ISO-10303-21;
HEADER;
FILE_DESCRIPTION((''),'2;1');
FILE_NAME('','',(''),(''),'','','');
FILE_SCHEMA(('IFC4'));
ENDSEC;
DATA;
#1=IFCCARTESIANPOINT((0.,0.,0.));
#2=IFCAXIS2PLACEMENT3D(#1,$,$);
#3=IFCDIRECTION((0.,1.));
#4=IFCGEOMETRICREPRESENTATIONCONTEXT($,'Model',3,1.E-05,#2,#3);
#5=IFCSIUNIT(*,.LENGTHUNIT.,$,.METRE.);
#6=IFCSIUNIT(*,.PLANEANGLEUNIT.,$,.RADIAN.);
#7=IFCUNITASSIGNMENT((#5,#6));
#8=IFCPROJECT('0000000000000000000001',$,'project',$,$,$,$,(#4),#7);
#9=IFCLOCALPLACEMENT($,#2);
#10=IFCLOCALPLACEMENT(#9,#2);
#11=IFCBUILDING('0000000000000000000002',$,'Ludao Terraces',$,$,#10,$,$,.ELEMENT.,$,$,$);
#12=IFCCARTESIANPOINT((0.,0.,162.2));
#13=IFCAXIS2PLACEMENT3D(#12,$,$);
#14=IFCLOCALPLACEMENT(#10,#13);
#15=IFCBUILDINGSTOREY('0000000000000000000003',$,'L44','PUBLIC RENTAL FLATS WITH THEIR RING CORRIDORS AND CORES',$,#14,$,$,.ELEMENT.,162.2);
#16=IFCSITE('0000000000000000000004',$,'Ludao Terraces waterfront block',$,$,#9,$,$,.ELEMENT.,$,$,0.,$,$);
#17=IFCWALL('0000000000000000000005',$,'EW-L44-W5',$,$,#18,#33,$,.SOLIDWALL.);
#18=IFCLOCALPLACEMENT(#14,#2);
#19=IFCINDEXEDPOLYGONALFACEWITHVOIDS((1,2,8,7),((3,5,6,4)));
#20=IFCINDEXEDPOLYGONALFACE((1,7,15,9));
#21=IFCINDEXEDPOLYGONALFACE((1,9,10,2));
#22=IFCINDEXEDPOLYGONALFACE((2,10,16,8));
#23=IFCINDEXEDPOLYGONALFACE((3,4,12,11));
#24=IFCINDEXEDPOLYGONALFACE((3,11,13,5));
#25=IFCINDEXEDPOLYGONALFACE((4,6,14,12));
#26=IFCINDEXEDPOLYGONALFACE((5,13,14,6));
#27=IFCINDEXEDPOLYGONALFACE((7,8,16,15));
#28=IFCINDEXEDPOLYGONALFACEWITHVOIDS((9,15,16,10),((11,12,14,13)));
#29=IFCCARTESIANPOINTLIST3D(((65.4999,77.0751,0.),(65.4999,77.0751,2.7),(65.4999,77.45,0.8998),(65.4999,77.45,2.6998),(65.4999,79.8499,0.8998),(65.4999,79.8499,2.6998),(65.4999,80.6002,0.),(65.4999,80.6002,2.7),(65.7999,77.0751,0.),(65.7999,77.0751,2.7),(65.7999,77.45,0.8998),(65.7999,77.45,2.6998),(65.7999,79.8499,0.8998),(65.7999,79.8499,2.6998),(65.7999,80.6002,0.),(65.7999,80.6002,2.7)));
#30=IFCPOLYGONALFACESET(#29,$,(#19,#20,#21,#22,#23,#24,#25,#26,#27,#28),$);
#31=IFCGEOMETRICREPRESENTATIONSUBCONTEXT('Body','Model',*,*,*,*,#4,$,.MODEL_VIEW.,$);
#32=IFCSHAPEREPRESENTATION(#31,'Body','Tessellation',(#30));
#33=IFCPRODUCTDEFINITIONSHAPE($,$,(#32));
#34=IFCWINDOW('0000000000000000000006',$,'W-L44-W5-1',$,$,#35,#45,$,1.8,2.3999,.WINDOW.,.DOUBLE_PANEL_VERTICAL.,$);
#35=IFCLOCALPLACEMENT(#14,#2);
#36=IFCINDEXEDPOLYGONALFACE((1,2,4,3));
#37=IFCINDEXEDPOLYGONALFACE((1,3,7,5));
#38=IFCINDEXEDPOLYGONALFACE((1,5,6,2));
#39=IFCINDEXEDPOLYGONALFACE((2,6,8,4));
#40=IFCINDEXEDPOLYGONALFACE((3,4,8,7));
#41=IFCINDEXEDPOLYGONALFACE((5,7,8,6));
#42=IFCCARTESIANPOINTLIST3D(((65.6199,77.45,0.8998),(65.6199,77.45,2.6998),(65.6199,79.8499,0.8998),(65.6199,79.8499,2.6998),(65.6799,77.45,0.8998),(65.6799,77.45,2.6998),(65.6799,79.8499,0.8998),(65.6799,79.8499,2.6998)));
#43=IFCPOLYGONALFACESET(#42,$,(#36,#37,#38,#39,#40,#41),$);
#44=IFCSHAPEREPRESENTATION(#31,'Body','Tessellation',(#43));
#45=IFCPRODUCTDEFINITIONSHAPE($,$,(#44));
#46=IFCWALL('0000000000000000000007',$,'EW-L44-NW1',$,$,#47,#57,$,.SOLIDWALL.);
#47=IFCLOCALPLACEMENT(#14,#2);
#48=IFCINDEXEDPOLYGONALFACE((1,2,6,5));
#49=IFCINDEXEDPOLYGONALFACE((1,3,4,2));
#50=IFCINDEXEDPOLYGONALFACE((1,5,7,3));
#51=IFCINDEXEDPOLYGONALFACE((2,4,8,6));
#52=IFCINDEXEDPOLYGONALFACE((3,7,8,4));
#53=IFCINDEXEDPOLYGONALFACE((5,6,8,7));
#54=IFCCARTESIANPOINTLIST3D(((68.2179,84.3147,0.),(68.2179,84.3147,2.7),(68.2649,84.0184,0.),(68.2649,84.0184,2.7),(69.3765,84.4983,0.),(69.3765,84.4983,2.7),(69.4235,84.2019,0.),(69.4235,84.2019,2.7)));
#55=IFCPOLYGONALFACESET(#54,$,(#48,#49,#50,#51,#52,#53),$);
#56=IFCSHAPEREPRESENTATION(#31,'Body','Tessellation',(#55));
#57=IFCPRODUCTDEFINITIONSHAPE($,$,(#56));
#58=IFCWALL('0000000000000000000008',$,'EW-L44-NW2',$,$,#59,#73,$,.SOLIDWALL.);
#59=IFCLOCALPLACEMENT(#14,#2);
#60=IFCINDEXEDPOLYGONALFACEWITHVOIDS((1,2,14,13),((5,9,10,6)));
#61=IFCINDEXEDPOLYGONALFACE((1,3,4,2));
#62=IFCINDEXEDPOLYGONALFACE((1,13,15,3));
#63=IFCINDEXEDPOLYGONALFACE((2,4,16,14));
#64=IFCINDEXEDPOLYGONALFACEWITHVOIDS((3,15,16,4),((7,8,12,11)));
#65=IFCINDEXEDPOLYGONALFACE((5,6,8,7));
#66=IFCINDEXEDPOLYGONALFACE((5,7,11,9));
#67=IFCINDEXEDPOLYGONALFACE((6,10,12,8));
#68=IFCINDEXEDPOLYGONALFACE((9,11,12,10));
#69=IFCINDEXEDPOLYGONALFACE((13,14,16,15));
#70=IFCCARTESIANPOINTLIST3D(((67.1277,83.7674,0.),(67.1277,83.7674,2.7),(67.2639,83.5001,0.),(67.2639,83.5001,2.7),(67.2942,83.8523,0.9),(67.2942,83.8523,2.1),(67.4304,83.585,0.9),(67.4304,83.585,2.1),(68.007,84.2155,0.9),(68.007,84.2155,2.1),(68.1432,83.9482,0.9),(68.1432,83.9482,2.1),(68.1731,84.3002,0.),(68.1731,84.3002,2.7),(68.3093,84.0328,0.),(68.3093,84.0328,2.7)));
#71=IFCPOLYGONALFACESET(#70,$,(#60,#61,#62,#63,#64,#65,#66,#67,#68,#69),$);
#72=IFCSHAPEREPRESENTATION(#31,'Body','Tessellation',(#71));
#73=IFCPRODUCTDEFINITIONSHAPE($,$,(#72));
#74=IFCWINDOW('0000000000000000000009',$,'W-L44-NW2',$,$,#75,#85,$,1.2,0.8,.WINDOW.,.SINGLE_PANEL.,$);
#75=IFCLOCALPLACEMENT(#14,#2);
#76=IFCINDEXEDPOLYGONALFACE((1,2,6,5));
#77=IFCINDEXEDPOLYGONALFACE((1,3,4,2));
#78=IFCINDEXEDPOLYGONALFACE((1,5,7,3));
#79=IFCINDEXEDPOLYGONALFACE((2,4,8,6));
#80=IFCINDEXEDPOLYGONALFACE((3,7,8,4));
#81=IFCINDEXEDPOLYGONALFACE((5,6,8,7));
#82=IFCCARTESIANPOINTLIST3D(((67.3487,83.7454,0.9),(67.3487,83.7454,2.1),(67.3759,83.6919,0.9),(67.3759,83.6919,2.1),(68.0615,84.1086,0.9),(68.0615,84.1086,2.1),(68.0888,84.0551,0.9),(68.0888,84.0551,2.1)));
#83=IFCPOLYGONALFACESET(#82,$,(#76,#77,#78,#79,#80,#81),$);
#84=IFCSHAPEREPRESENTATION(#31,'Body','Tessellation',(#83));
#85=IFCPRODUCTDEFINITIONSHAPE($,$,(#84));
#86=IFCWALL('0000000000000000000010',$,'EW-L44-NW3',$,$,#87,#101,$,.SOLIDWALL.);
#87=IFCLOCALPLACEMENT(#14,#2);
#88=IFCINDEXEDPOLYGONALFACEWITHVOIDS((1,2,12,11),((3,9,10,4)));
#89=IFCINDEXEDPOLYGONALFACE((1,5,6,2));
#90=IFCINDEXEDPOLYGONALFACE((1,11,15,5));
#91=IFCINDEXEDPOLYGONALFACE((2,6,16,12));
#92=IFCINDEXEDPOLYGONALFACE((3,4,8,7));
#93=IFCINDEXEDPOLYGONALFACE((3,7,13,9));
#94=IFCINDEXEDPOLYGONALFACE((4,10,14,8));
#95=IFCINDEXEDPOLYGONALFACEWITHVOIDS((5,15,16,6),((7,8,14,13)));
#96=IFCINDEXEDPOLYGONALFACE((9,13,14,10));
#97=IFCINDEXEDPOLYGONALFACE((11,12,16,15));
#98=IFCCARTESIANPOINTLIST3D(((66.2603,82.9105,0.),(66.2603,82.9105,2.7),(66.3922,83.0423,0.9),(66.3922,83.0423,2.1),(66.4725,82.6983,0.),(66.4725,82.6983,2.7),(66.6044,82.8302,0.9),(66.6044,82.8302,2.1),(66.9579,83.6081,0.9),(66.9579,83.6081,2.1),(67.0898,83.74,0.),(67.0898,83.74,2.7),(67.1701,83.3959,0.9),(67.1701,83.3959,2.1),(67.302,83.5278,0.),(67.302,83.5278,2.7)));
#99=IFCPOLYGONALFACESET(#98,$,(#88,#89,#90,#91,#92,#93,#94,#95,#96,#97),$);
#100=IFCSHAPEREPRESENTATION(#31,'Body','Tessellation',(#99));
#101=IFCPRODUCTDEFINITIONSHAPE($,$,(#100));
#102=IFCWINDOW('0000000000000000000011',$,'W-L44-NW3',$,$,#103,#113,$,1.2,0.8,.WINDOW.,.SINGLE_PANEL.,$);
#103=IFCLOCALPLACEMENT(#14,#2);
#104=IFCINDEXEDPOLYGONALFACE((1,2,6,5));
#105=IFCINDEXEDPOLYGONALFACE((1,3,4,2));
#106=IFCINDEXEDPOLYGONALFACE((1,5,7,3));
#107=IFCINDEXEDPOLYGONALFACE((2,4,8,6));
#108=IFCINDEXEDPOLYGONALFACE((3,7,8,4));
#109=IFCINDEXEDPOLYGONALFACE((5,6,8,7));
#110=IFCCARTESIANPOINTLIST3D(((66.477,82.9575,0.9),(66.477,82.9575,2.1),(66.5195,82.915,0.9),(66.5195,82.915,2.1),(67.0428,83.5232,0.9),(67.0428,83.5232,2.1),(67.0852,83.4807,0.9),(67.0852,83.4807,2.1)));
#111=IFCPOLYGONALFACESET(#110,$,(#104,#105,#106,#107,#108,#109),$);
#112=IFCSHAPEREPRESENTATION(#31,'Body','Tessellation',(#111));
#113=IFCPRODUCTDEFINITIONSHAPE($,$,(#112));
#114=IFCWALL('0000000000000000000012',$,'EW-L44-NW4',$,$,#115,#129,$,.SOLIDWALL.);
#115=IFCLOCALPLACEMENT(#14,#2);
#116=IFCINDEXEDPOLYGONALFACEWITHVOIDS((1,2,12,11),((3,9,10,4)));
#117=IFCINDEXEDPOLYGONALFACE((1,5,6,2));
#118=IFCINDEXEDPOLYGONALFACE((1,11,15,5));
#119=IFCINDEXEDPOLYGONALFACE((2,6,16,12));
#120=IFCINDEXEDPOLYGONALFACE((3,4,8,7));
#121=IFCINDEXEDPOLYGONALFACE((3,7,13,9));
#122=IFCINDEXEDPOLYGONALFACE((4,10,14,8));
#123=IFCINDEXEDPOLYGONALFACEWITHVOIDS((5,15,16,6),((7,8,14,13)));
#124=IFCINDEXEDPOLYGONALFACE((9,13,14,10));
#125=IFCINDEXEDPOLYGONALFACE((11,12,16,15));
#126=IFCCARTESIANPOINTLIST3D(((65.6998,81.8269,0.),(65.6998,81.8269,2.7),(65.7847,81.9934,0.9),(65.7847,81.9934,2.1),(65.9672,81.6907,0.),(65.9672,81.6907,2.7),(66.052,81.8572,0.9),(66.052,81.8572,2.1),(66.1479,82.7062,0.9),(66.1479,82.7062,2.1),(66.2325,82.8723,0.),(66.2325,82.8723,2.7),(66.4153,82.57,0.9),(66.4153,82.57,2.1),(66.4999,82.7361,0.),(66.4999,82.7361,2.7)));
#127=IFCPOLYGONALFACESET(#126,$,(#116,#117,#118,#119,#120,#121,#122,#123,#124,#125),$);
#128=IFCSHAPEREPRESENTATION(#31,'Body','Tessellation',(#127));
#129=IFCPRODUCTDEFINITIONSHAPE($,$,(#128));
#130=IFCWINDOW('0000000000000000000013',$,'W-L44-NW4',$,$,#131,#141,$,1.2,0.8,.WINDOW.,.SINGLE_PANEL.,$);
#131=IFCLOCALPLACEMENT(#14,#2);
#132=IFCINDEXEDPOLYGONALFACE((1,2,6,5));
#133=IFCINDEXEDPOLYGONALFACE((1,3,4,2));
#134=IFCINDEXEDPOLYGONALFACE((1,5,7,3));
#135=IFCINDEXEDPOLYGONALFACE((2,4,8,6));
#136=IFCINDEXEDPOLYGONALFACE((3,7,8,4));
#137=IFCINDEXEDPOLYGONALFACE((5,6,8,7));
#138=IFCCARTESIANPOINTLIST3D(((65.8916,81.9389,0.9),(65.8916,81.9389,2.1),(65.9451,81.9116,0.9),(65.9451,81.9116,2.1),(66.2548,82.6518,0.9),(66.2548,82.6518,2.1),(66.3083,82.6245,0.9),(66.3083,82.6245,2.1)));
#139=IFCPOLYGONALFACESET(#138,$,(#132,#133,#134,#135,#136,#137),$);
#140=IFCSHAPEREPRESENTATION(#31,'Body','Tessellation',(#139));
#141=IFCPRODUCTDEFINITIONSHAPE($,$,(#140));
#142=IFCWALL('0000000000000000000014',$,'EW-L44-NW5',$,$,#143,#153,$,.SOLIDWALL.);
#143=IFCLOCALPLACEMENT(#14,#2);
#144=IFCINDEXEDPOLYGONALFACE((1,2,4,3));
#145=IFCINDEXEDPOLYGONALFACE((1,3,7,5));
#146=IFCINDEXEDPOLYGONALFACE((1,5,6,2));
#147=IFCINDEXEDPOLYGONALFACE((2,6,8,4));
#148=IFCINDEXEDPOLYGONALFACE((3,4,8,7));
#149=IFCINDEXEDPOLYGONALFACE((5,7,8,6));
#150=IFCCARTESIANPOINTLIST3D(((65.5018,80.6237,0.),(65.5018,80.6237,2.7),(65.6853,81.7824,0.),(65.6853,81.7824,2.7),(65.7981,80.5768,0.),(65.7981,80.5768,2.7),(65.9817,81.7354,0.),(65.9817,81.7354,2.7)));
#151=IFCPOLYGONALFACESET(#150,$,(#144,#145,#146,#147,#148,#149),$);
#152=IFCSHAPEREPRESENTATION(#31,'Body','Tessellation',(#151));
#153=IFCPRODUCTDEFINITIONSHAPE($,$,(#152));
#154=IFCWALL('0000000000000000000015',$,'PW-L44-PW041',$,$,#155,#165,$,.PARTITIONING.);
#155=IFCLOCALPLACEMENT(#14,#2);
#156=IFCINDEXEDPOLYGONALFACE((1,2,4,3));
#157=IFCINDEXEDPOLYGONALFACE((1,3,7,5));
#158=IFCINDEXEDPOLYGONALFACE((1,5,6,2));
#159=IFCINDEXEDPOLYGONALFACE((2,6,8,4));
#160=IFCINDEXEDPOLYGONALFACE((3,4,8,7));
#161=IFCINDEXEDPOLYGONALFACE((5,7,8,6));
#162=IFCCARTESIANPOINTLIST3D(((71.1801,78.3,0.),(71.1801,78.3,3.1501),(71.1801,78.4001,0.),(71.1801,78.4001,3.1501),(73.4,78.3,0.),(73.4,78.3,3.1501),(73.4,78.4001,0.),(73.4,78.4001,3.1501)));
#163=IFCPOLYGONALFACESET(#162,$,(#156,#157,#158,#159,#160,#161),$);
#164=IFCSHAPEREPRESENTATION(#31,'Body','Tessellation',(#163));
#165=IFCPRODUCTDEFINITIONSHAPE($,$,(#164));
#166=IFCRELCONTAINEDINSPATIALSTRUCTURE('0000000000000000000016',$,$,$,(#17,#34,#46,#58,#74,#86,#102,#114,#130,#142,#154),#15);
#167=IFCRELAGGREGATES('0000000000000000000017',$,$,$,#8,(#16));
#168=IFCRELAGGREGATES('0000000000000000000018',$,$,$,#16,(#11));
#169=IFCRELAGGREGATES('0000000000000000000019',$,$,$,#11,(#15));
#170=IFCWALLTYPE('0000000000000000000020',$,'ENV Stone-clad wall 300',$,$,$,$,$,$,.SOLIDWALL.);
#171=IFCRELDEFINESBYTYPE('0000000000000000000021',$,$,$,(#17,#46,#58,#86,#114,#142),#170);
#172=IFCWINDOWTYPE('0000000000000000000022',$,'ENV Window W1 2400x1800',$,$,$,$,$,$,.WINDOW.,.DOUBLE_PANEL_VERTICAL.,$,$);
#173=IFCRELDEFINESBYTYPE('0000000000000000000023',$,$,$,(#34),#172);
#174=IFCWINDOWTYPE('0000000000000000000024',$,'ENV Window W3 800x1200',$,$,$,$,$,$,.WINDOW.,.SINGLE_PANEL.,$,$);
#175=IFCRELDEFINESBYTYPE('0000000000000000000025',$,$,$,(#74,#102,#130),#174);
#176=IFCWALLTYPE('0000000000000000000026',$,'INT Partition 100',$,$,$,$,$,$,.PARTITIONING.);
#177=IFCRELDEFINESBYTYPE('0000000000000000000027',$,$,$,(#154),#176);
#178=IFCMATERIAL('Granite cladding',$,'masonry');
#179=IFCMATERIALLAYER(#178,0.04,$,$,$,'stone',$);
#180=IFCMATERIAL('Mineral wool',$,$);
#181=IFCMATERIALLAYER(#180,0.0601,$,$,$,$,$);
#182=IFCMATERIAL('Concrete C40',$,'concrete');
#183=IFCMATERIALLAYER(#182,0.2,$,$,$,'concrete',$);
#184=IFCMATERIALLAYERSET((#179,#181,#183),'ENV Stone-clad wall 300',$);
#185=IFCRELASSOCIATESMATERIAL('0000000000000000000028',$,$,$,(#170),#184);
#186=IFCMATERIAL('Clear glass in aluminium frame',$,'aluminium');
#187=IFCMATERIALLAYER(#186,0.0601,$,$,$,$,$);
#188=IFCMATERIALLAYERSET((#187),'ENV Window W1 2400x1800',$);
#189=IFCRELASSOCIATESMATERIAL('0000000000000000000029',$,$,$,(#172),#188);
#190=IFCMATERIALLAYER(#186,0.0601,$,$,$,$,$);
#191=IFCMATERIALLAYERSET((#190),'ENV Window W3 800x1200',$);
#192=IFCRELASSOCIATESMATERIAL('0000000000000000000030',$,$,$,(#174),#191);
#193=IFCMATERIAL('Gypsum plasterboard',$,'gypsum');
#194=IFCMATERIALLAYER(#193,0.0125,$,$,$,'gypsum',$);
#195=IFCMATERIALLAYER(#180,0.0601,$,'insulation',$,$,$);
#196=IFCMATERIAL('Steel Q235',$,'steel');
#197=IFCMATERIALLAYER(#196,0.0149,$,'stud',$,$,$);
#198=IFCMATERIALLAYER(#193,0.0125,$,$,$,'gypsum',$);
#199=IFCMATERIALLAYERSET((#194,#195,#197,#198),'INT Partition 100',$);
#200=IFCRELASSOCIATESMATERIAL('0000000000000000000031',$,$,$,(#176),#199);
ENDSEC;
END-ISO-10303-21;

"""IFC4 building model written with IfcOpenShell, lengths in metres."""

from ifc_helpers import new_model, si_unit, direction, frame, frame_2d, origin, place, context, subcontext, project, spatial, rectangle, extrude, material, layer, layer_set, type_object, element, fill, save


model = new_model("IFC4")

# Units and contexts
model_context = context("Model", 3, precision=1e-05, world=origin(), true_north=direction((0.0, 1.0)))
body_context = subcontext(model_context, "Body", "Model", "MODEL_VIEW")
ifc_project = project(units=[si_unit("LENGTHUNIT", "METRE"), si_unit("PLANEANGLEUNIT", "RADIAN")], contexts=[model_context])

# Site, building, storey
site_placement = place(None, origin())
site = spatial("IfcSite", under=ifc_project, at=site_placement, Name="Ludao Terraces waterfront block", CompositionType="ELEMENT", RefElevation=0.0)
building_placement = place(site_placement, origin())
building = spatial("IfcBuilding", under=site, at=building_placement, Name="Ludao Terraces", CompositionType="ELEMENT")
storey_placement = place(building_placement, frame((0.0, 0.0, 162.2)))
storey = spatial("IfcBuildingStorey", under=building, at=storey_placement, Name="L44", Description="PUBLIC RENTAL FLATS WITH THEIR RING CORRIDORS AND CORES", CompositionType="ELEMENT", Elevation=162.2)

# Shared definitions
ifc_material_1 = material(Name="Concrete C40", Category="concrete")

# Shared definitions
ifc_material_2 = material(Name="Steel Q235", Category="steel")

# Shared definitions
ifc_material_3 = material(Name="Granite cladding", Category="masonry")
ifc_layer_1 = layer(ifc_material_3, 0.04, Category="stone")
ifc_material_4 = material(Name="Mineral wool")
ifc_layer_2 = layer(ifc_material_4, 0.0601)
ifc_layer_3 = layer(ifc_material_1, 0.2, Category="concrete")
ifc_layer_set_1 = layer_set([ifc_layer_1, ifc_layer_2, ifc_layer_3], Name="ENV Stone-clad wall 300")
wall_type_1 = type_object("IfcWallType", Name="ENV Stone-clad wall 300", PredefinedType="SOLIDWALL", material=ifc_layer_set_1)
ifc_material_5 = material(Name="Clear glass in aluminium frame", Category="aluminium")
ifc_layer_4 = layer(ifc_material_5, 0.0601)
ifc_layer_set_2 = layer_set([ifc_layer_4], Name="ENV Window W1 2400x1800")
window_type_1 = type_object("IfcWindowType", Name="ENV Window W1 2400x1800", PartitioningType="DOUBLE_PANEL_VERTICAL", PredefinedType="WINDOW", material=ifc_layer_set_2)

# Wall, opening, window
wall_1_placement = place(storey_placement, frame((65.6499, 77.075, 0.0), z_axis=(0.0, 0.0, 1.0), x_axis=(0.0, 1.0, 0.0)))
wall_1 = element("IfcWall", 1, at=wall_1_placement, inside=storey, type_object=wall_type_1, Name="EW-L44-W5", PredefinedType="SOLIDWALL", context=body_context, shape_type="SweptSolid", body=[
    extrude(rectangle(XDim=3.5251, YDim=0.3, at=frame_2d((1.7627, 0.0))), origin(), (0.0, 0.0, 1.0), 2.7),
])
opening_1_placement = place(wall_1_placement, frame((0.375, 0.0, 0.8999)))
opening_1 = element("IfcOpeningElement", 2, at=opening_1_placement, cuts=wall_1, PredefinedType="OPENING", context=body_context, shape_type="SweptSolid", body=[
    extrude(rectangle(XDim=2.3999, YDim=1.8, at=frame_2d((1.2, 0.8999))), frame((0.0, 0.1602, 0.0), z_axis=(0.0, -1.0, 0.0), x_axis=(1.0, 0.0, 0.0)), (0.0, 0.0, 1.0), 0.3201),
])
window_1_placement = place(opening_1_placement, origin())
window_1 = element("IfcWindow", 3, at=window_1_placement, inside=storey, type_object=window_type_1, Name="W-L44-W5-1", OverallHeight=1.8, OverallWidth=2.3999, PartitioningType="DOUBLE_PANEL_VERTICAL", PredefinedType="WINDOW", context=body_context, shape_type="SweptSolid", body=[
    extrude(rectangle(XDim=2.3999, YDim=1.8, at=frame_2d((1.2, 0.8999))), frame((0.0, 0.03, 0.0), z_axis=(0.0, -1.0, 0.0), x_axis=(1.0, 0.0, 0.0)), (0.0, 0.0, 1.0), 0.0601),
])
fill(opening_1, window_1)

# Wall
wall_2_placement = place(storey_placement, frame((69.3999, 84.3501, 0.0), z_axis=(0.0, 0.0, 1.0), x_axis=(-0.987678, -0.156497, 0.0)))
element("IfcWall", 4, at=wall_2_placement, inside=storey, type_object=wall_type_1, Name="EW-L44-NW1", PredefinedType="SOLIDWALL", context=body_context, shape_type="SweptSolid", body=[
    extrude(rectangle(XDim=1.1731, YDim=0.3, at=frame_2d((0.5864, 0.0))), origin(), (0.0, 0.0, 1.0), 2.7),
])

# Walls, openings, windows
wall_3_placement = place(storey_placement, frame((68.2412, 84.1665, 0.0), z_axis=(0.0, 0.0, 1.0), x_axis=(-0.890989, -0.454026, 0.0)))
wall_3 = element("IfcWall", 5, at=wall_3_placement, inside=storey, type_object=wall_type_1, Name="EW-L44-NW2", PredefinedType="SOLIDWALL", context=body_context, shape_type="SweptSolid", body=[
    extrude(rectangle(XDim=1.1733, YDim=0.3, at=frame_2d((0.5867, 0.0))), origin(), (0.0, 0.0, 1.0), 2.7),
])
opening_2_placement = place(wall_3_placement, frame((0.1865, 0.0, 0.8999)))
opening_2 = element("IfcOpeningElement", 6, at=opening_2_placement, cuts=wall_3, PredefinedType="OPENING", context=body_context, shape_type="SweptSolid", body=[
    extrude(rectangle(XDim=0.8, YDim=1.2, at=frame_2d((0.3999, 0.6001))), frame((0.0, 0.1602, 0.0), z_axis=(0.0, -1.0, 0.0), x_axis=(1.0, 0.0, 0.0)), (0.0, 0.0, 1.0), 0.3201),
])
ifc_layer_5 = layer(ifc_material_5, 0.0601)
ifc_layer_set_3 = layer_set([ifc_layer_5], Name="ENV Window W3 800x1200")
window_type_2 = type_object("IfcWindowType", Name="ENV Window W3 800x1200", PartitioningType="SINGLE_PANEL", PredefinedType="WINDOW", material=ifc_layer_set_3)
window_2_placement = place(opening_2_placement, origin())
window_2 = element("IfcWindow", 7, at=window_2_placement, inside=storey, type_object=window_type_2, Name="W-L44-NW2", OverallHeight=1.2, OverallWidth=0.8, PartitioningType="SINGLE_PANEL", PredefinedType="WINDOW", context=body_context, shape_type="SweptSolid", body=[
    extrude(rectangle(XDim=0.8, YDim=1.2, at=frame_2d((0.3999, 0.6001))), frame((0.0, 0.03, 0.0), z_axis=(0.0, -1.0, 0.0), x_axis=(1.0, 0.0, 0.0)), (0.0, 0.0, 1.0), 0.0601),
])
fill(opening_2, window_2)
wall_4_placement = place(storey_placement, frame((67.1958, 83.6338, 0.0), z_axis=(0.0, 0.0, 1.0), x_axis=(-0.707107, -0.707107, 0.0)))
wall_4 = element("IfcWall", 8, at=wall_4_placement, inside=storey, type_object=wall_type_1, Name="EW-L44-NW3", PredefinedType="SOLIDWALL", context=body_context, shape_type="SweptSolid", body=[
    extrude(rectangle(XDim=1.1731, YDim=0.3, at=frame_2d((0.5864, 0.0))), origin(), (0.0, 0.0, 1.0), 2.7),
])
opening_3_placement = place(wall_4_placement, frame((0.1865, 0.0, 0.8999)))
opening_3 = element("IfcOpeningElement", 9, at=opening_3_placement, cuts=wall_4, PredefinedType="OPENING", context=body_context, shape_type="SweptSolid", body=[
    extrude(rectangle(XDim=0.8, YDim=1.2, at=frame_2d((0.3999, 0.6001))), frame((0.0, 0.1602, 0.0), z_axis=(0.0, -1.0, 0.0), x_axis=(1.0, 0.0, 0.0)), (0.0, 0.0, 1.0), 0.3201),
])
window_3_placement = place(opening_3_placement, origin())
window_3 = element("IfcWindow", 10, at=window_3_placement, inside=storey, type_object=window_type_2, Name="W-L44-NW3", OverallHeight=1.2, OverallWidth=0.8, PartitioningType="SINGLE_PANEL", PredefinedType="WINDOW", context=body_context, shape_type="SweptSolid", body=[
    extrude(rectangle(XDim=0.8, YDim=1.2, at=frame_2d((0.3999, 0.6001))), frame((0.0, 0.03, 0.0), z_axis=(0.0, -1.0, 0.0), x_axis=(1.0, 0.0, 0.0)), (0.0, 0.0, 1.0), 0.0601),
])
fill(opening_3, window_3)
wall_5_placement = place(storey_placement, frame((66.3662, 82.8042, 0.0), z_axis=(0.0, 0.0, 1.0), x_axis=(-0.454026, -0.890989, 0.0)))
wall_5 = element("IfcWall", 11, at=wall_5_placement, inside=storey, type_object=wall_type_1, Name="EW-L44-NW4", PredefinedType="SOLIDWALL", context=body_context, shape_type="SweptSolid", body=[
    extrude(rectangle(XDim=1.1733, YDim=0.3, at=frame_2d((0.5867, 0.0))), origin(), (0.0, 0.0, 1.0), 2.7),
])
opening_4_placement = place(wall_5_placement, frame((0.1865, 0.0, 0.8999)))
opening_4 = element("IfcOpeningElement", 12, at=opening_4_placement, cuts=wall_5, PredefinedType="OPENING", context=body_context, shape_type="SweptSolid", body=[
    extrude(rectangle(XDim=0.8, YDim=1.2, at=frame_2d((0.3999, 0.6001))), frame((0.0, 0.1602, 0.0), z_axis=(0.0, -1.0, 0.0), x_axis=(1.0, 0.0, 0.0)), (0.0, 0.0, 1.0), 0.3201),
])
window_4_placement = place(opening_4_placement, origin())
window_4 = element("IfcWindow", 13, at=window_4_placement, inside=storey, type_object=window_type_2, Name="W-L44-NW4", OverallHeight=1.2, OverallWidth=0.8, PartitioningType="SINGLE_PANEL", PredefinedType="WINDOW", context=body_context, shape_type="SweptSolid", body=[
    extrude(rectangle(XDim=0.8, YDim=1.2, at=frame_2d((0.3999, 0.6001))), frame((0.0, 0.03, 0.0), z_axis=(0.0, -1.0, 0.0), x_axis=(1.0, 0.0, 0.0)), (0.0, 0.0, 1.0), 0.0601),
])
fill(opening_4, window_4)

# Walls
wall_6_placement = place(storey_placement, frame((65.8335, 81.7588, 0.0), z_axis=(0.0, 0.0, 1.0), x_axis=(-0.156497, -0.987678, 0.0)))
element("IfcWall", 14, at=wall_6_placement, inside=storey, type_object=wall_type_1, Name="EW-L44-NW5", PredefinedType="SOLIDWALL", context=body_context, shape_type="SweptSolid", body=[
    extrude(rectangle(XDim=1.1731, YDim=0.3, at=frame_2d((0.5864, 0.0))), origin(), (0.0, 0.0, 1.0), 2.7),
])
ifc_material_6 = material(Name="Gypsum plasterboard", Category="gypsum")
ifc_layer_6 = layer(ifc_material_6, 0.0125, Category="gypsum")
ifc_layer_7 = layer(ifc_material_4, 0.0601, Name="insulation")
ifc_layer_8 = layer(ifc_material_2, 0.0149, Name="stud")
ifc_layer_9 = layer(ifc_material_6, 0.0125, Category="gypsum")
ifc_layer_set_4 = layer_set([ifc_layer_6, ifc_layer_7, ifc_layer_8, ifc_layer_9], Name="INT Partition 100")
wall_type_2 = type_object("IfcWallType", Name="INT Partition 100", PredefinedType="PARTITIONING", material=ifc_layer_set_4)
for number, where, z_axis, x_axis, name in (
    (15, (71.1802, 78.3501, 0.0), (0.0, 0.0, 1.0), (1.0, 0.0, 0.0), "PW-L44-PW041"),
):
    element("IfcWall", number, at=place(storey_placement, frame(where, z_axis=z_axis, x_axis=x_axis)), inside=storey, type_object=wall_type_2, Name=name, PredefinedType="PARTITIONING", context=body_context, shape_type="SweptSolid", body=[
        extrude(rectangle(XDim=2.22, YDim=0.1001, at=frame_2d((1.1099, 0.0))), origin(), (0.0, 0.0, 1.0), 3.1501),
    ])

save(model, "model.ifc")
